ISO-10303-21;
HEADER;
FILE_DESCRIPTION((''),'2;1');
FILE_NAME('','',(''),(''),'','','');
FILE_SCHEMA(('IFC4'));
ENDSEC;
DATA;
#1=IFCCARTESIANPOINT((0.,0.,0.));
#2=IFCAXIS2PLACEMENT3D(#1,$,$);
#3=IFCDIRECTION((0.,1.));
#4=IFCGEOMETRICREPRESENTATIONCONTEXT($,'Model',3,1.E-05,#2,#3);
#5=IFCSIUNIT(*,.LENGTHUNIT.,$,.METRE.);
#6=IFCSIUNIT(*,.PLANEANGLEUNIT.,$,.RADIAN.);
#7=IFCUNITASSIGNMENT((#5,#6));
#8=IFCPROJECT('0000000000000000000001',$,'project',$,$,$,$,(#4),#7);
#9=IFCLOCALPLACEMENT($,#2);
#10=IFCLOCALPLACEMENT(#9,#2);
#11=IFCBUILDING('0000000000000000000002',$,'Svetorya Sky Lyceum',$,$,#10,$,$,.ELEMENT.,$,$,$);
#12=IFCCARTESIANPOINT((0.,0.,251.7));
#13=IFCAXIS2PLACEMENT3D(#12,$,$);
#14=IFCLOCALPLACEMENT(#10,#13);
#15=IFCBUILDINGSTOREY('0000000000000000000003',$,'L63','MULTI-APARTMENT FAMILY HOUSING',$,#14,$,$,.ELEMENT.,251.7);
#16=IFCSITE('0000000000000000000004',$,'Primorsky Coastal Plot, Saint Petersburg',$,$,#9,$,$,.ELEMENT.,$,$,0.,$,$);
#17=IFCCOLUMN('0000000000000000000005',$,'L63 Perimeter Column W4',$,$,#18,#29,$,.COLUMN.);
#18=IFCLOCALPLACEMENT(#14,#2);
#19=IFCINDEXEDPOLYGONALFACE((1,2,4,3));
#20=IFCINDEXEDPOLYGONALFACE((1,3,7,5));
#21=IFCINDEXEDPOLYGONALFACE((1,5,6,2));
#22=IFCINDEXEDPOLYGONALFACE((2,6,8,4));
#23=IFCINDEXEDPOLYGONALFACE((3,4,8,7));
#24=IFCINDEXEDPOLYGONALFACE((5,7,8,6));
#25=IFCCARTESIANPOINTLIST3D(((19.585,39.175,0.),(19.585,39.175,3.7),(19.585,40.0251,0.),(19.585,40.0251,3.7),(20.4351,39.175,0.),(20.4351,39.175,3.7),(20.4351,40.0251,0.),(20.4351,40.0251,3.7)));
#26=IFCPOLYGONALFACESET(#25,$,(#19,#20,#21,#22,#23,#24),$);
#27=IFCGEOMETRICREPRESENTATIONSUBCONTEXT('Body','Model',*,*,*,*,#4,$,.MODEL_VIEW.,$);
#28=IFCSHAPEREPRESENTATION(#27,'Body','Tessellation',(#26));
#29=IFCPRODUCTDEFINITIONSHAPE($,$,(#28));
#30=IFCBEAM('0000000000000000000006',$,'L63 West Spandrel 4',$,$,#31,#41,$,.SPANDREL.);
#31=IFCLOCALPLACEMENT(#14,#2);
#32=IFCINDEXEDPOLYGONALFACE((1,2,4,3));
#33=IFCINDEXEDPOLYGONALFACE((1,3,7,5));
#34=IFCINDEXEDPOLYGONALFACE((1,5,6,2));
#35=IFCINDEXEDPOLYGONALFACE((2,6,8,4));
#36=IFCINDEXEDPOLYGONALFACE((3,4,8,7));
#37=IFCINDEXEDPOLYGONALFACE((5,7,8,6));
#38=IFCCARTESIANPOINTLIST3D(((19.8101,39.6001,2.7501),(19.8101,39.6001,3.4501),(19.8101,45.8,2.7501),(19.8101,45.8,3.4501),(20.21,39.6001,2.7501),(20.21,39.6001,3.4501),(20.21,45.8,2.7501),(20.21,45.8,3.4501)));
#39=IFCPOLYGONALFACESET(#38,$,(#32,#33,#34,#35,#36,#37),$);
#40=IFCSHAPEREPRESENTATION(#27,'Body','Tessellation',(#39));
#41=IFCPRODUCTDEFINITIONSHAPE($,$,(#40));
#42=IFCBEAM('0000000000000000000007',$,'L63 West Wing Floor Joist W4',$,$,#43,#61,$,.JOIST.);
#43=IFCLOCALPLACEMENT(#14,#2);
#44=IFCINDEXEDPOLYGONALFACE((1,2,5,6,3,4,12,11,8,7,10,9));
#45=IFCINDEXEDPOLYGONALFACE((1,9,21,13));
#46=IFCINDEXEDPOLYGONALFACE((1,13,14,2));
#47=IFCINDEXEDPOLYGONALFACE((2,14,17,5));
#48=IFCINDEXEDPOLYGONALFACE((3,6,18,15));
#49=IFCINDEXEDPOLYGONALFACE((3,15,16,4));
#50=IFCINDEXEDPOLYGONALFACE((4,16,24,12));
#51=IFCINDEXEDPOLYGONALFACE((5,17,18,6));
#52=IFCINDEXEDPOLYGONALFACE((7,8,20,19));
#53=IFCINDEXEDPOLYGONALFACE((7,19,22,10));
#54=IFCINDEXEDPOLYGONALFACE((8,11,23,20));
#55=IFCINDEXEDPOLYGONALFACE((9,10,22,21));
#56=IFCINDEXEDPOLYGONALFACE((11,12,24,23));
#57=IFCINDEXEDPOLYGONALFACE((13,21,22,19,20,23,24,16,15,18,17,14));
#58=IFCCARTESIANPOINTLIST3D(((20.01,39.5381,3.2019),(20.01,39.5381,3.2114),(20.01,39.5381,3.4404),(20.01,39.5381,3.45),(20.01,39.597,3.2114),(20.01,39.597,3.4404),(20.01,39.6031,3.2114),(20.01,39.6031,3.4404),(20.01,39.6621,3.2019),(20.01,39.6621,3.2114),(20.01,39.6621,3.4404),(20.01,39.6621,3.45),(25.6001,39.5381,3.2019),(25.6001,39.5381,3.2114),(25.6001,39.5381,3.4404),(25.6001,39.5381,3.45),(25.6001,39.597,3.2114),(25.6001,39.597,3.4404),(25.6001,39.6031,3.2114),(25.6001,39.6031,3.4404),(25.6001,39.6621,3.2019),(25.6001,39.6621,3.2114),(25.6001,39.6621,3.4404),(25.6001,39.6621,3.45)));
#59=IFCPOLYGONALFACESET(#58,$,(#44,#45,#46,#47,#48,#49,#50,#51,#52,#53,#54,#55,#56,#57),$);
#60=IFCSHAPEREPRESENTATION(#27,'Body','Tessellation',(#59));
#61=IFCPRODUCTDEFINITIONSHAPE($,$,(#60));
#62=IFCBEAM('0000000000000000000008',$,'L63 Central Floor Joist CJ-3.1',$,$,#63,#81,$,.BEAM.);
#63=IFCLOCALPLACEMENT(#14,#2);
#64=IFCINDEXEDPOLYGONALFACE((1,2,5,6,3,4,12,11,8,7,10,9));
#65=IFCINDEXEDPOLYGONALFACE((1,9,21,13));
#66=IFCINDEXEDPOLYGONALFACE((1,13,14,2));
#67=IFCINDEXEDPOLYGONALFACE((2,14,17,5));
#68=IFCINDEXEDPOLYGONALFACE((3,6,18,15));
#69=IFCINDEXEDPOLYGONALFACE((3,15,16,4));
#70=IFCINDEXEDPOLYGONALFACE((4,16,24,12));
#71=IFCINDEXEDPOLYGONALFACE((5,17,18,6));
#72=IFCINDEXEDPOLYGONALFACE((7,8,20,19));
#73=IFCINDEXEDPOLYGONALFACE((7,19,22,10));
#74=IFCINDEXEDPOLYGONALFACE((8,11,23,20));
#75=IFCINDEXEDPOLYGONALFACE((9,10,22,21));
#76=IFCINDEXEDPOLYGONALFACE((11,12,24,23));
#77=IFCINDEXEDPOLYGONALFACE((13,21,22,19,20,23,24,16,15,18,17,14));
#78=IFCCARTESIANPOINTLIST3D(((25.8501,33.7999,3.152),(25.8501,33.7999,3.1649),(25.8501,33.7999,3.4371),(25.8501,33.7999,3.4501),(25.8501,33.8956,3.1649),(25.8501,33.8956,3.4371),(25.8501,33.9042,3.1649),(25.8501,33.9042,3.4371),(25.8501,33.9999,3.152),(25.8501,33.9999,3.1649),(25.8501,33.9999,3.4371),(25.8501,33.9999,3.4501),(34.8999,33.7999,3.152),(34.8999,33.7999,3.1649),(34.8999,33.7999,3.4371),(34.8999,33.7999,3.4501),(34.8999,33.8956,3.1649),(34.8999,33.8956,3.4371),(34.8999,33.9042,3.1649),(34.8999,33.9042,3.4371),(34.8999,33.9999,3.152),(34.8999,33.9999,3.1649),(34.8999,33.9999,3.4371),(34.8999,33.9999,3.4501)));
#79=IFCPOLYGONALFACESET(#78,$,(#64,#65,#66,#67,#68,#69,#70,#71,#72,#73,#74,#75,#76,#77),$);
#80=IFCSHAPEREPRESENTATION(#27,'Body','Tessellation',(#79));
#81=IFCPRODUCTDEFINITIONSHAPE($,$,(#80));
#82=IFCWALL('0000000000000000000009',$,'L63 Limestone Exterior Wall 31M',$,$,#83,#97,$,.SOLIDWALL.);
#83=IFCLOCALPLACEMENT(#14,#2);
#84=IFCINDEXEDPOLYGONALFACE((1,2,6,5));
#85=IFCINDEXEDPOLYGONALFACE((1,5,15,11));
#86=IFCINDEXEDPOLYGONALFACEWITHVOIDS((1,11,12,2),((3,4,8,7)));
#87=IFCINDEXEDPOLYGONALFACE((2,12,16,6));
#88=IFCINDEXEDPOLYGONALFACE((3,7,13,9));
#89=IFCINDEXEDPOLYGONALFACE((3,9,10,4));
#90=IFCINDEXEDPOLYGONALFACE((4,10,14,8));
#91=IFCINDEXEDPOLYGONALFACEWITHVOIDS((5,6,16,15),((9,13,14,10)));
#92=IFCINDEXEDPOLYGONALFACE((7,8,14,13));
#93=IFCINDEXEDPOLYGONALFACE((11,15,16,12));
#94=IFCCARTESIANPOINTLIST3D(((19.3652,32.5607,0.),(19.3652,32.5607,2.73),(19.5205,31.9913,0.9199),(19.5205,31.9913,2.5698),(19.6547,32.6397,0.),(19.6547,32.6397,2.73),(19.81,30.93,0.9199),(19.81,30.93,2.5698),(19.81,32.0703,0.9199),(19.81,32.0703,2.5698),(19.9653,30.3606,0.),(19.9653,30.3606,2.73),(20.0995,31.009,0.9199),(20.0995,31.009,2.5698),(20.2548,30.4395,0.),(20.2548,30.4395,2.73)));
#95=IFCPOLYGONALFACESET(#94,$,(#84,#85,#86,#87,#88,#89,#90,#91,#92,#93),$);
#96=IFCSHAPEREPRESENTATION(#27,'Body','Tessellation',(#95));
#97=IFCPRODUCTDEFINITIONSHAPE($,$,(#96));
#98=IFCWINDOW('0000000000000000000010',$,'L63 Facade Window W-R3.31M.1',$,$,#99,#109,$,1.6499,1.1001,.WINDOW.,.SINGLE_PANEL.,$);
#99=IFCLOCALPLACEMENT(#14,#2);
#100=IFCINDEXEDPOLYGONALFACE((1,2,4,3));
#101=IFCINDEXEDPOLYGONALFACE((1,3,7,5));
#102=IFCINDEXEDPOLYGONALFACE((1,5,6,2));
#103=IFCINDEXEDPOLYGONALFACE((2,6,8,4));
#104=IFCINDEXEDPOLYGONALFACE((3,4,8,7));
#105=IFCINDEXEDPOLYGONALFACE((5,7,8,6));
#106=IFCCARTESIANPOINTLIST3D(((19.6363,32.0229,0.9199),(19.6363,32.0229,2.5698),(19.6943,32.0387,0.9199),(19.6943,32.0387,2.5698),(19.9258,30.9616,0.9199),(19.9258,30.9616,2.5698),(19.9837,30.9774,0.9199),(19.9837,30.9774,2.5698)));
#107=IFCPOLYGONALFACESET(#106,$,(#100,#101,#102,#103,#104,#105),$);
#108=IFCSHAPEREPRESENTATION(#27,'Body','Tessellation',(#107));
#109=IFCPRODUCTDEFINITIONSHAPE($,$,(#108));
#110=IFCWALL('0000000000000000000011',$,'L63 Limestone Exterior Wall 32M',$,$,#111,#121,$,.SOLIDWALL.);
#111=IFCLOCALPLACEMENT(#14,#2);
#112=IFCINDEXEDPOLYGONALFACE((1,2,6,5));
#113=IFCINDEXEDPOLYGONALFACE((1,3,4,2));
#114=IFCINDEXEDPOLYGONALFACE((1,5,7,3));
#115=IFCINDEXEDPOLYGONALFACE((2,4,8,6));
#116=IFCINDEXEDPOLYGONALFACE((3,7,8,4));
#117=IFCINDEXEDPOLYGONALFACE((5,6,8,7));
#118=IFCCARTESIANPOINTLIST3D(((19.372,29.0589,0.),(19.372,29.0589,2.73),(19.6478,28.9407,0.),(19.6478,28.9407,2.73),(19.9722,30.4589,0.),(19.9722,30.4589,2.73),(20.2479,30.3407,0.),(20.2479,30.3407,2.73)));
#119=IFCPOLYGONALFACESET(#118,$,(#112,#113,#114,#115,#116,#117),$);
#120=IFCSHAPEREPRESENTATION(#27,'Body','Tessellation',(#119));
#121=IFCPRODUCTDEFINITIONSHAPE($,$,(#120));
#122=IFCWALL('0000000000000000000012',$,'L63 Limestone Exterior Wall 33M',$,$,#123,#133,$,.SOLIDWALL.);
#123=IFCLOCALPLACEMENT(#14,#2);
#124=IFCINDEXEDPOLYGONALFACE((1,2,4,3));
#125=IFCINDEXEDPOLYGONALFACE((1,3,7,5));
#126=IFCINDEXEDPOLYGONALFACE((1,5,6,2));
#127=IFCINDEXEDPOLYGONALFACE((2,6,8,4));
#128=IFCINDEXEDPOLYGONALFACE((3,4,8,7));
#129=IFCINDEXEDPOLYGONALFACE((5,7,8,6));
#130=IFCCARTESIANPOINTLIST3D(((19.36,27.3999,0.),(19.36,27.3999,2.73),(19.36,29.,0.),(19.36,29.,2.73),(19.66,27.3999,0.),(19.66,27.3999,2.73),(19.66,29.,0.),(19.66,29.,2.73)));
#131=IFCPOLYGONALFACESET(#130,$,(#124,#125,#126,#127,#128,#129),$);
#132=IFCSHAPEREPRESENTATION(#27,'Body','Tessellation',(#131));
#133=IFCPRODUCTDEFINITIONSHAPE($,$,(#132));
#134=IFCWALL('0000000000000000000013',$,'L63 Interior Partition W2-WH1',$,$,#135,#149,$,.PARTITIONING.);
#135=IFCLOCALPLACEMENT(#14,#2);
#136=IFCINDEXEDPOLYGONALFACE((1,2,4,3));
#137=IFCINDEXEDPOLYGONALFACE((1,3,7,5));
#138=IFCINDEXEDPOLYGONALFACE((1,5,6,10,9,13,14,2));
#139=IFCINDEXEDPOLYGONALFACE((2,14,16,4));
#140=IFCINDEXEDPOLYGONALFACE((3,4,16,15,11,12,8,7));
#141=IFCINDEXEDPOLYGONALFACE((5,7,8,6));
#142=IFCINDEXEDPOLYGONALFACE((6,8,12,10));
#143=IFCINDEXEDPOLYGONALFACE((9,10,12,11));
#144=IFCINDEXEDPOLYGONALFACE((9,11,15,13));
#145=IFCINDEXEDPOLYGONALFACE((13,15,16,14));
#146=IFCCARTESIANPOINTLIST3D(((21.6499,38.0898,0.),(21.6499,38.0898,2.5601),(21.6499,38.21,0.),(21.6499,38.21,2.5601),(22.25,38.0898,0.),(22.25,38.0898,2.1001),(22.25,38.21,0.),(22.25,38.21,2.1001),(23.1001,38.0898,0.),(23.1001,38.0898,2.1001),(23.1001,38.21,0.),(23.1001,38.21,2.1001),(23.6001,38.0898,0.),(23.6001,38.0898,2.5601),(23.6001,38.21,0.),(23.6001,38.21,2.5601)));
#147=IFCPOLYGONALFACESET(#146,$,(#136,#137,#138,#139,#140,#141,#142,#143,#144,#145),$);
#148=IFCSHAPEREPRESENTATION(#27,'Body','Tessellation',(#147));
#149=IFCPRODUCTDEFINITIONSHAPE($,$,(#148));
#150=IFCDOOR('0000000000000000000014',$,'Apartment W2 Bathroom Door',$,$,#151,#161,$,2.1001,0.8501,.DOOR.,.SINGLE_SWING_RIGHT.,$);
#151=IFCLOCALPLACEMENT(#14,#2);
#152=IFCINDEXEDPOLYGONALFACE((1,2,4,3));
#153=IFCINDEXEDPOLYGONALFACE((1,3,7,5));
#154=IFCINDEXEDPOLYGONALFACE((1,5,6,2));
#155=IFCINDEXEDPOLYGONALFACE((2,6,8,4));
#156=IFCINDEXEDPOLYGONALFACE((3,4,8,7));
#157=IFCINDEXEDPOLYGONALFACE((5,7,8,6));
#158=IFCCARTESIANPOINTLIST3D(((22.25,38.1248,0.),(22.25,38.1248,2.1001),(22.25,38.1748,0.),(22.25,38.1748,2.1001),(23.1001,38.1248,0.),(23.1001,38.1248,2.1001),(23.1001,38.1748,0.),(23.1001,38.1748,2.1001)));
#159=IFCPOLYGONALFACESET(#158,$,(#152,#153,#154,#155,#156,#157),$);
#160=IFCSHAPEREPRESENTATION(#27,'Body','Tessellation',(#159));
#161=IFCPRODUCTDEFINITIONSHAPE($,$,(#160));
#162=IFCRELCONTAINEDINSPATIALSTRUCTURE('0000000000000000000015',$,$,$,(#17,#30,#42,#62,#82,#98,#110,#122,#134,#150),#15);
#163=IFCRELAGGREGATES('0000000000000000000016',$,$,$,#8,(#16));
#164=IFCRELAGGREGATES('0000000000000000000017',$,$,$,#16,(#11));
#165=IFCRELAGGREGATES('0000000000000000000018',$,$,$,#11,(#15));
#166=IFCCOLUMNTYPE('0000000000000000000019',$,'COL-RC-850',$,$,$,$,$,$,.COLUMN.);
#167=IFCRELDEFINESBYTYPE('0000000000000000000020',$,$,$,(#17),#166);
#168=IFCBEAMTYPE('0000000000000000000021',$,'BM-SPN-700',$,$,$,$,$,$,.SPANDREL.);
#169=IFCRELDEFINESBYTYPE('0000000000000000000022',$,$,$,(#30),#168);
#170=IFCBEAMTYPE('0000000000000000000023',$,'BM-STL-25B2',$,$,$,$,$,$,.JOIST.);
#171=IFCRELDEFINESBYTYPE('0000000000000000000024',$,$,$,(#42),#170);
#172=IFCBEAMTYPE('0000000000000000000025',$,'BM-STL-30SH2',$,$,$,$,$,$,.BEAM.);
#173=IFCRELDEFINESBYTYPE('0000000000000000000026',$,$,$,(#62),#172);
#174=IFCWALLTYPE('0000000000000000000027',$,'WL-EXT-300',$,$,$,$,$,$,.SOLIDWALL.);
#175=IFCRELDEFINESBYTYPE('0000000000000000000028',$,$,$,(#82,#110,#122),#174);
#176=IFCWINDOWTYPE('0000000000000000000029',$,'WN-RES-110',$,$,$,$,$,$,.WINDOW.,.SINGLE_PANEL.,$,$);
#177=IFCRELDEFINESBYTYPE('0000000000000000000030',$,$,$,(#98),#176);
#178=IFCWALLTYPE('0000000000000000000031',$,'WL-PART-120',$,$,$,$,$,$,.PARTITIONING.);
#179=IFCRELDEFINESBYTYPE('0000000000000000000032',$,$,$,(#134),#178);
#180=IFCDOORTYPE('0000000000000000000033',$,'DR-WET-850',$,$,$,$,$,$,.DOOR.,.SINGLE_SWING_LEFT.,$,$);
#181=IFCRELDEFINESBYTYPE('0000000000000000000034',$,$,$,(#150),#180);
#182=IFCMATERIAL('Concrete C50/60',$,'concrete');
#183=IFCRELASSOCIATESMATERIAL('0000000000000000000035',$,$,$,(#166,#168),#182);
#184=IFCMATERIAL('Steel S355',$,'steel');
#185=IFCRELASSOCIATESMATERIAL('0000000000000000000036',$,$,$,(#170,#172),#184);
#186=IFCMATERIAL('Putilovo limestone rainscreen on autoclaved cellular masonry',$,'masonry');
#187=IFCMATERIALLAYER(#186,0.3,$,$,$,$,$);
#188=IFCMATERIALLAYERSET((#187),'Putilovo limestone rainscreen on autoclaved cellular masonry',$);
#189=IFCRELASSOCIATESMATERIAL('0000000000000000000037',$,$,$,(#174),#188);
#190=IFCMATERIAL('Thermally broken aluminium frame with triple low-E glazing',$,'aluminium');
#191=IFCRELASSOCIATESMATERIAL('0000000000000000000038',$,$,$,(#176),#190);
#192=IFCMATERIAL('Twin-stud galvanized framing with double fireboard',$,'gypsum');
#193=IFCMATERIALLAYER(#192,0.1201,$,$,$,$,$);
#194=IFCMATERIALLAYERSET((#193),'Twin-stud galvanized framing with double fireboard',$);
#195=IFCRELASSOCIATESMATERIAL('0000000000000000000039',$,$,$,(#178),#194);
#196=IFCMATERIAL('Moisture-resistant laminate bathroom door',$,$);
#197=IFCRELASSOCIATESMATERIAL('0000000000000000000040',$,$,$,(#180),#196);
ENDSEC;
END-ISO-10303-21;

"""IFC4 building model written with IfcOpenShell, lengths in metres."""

from ifc_helpers import new_model, si_unit, direction, frame, frame_2d, origin, origin_2d, place, context, subcontext, project, spatial, rectangle, i_section, extrude, material, layer, layer_set, material_profile, profile_set, type_object, element, fill, save


model = new_model("IFC4")

# Units and contexts
model_context = context("Model", 3, precision=1e-05, world=origin(), true_north=direction((0.0, 1.0)))
body_context = subcontext(model_context, "Body", "Model", "MODEL_VIEW")
ifc_project = project(units=[si_unit("LENGTHUNIT", "METRE"), si_unit("PLANEANGLEUNIT", "RADIAN")], contexts=[model_context])

# Site, building, storey
site_placement = place(None, origin())
site = spatial("IfcSite", under=ifc_project, at=site_placement, Name="Primorsky Coastal Plot, Saint Petersburg", CompositionType="ELEMENT", RefElevation=0.0)
building_placement = place(site_placement, origin())
building = spatial("IfcBuilding", under=site, at=building_placement, Name="Svetorya Sky Lyceum", CompositionType="ELEMENT")
storey_placement = place(building_placement, frame((0.0, 0.0, 251.7)))
storey = spatial("IfcBuildingStorey", under=building, at=storey_placement, Name="L63", Description="MULTI-APARTMENT FAMILY HOUSING", CompositionType="ELEMENT", Elevation=251.7)

# Column
ifc_material_1 = material(Name="Concrete C50/60", Category="concrete")
ifc_material_profile_1 = material_profile(ifc_material_1, rectangle(XDim=0.8501, YDim=0.8501, at=origin_2d()), Name="RC COL 850x850")
ifc_profile_set_1 = profile_set([ifc_material_profile_1], Name="Concrete C50/60")
column_type = type_object("IfcColumnType", Name="COL-RC-850", PredefinedType="COLUMN", material=ifc_profile_set_1)
column_placement = place(storey_placement, frame((20.01, 39.6001, 0.0), z_axis=(0.0, 0.0, 1.0), x_axis=(1.0, 0.0, 0.0)))
element("IfcColumn", 1, at=column_placement, inside=storey, type_object=column_type, Name="L63 Perimeter Column W4", PredefinedType="COLUMN", context=body_context, shape_type="SweptSolid", body=[
    extrude(rectangle(XDim=0.8501, YDim=0.8501, at=origin_2d()), origin(), (0.0, 0.0, 1.0), 3.7),
])

# Beams
ifc_material_profile_2 = material_profile(ifc_material_1, rectangle(XDim=0.3999, YDim=0.7, at=origin_2d()), Name="RC SPANDREL 400x700")
ifc_profile_set_2 = profile_set([ifc_material_profile_2], Name="Concrete C50/60")
beam_type_1 = type_object("IfcBeamType", Name="BM-SPN-700", PredefinedType="SPANDREL", material=ifc_profile_set_2)
beam_1_placement = place(storey_placement, frame((20.01, 39.6001, 3.1001), z_axis=(0.0, 1.0, 0.0), x_axis=(-1.0, 0.0, 0.0)))
element("IfcBeam", 2, at=beam_1_placement, inside=storey, type_object=beam_type_1, Name="L63 West Spandrel 4", PredefinedType="SPANDREL", context=body_context, shape_type="SweptSolid", body=[
    extrude(rectangle(XDim=0.3999, YDim=0.7, at=origin_2d()), origin(), (0.0, 0.0, 1.0), 6.2),
])
ifc_material_2 = material(Name="Steel S355", Category="steel")
ifc_material_profile_3 = material_profile(ifc_material_2, i_section(OverallWidth=0.124, OverallDepth=0.248, WebThickness=0.0061, FlangeThickness=0.0095, at=origin_2d()), Name="GOST 25B2")
ifc_profile_set_3 = profile_set([ifc_material_profile_3], Name="Steel S355")
beam_type_2 = type_object("IfcBeamType", Name="BM-STL-25B2", PredefinedType="JOIST", material=ifc_profile_set_3)
beam_2_placement = place(storey_placement, frame((20.01, 39.6001, 3.3259), z_axis=(1.0, 0.0, 0.0), x_axis=(0.0, 1.0, 0.0)))
element("IfcBeam", 3, at=beam_2_placement, inside=storey, type_object=beam_type_2, Name="L63 West Wing Floor Joist W4", PredefinedType="JOIST", context=body_context, shape_type="SweptSolid", body=[
    extrude(i_section(OverallWidth=0.124, OverallDepth=0.248, WebThickness=0.0061, FlangeThickness=0.0095, at=origin_2d()), origin(), (0.0, 0.0, 1.0), 5.5901),
])
ifc_material_profile_4 = material_profile(ifc_material_2, i_section(OverallWidth=0.2, OverallDepth=0.2981, WebThickness=0.0085, FlangeThickness=0.0129, at=origin_2d()), Name="GOST 30Sh2")
ifc_profile_set_4 = profile_set([ifc_material_profile_4], Name="Steel S355")
beam_type_3 = type_object("IfcBeamType", Name="BM-STL-30SH2", PredefinedType="BEAM", material=ifc_profile_set_4)
beam_3_placement = place(storey_placement, frame((25.8501, 33.8999, 3.301), z_axis=(1.0, 0.0, 0.0), x_axis=(0.0, 1.0, 0.0)))
element("IfcBeam", 4, at=beam_3_placement, inside=storey, type_object=beam_type_3, Name="L63 Central Floor Joist CJ-3.1", PredefinedType="BEAM", context=body_context, shape_type="SweptSolid", body=[
    extrude(i_section(OverallWidth=0.2, OverallDepth=0.2981, WebThickness=0.0085, FlangeThickness=0.0129, at=origin_2d()), origin(), (0.0, 0.0, 1.0), 9.0498),
])

# Wall, opening, window
ifc_material_3 = material(Name="Putilovo limestone rainscreen on autoclaved cellular masonry", Category="masonry")
ifc_layer_1 = layer(ifc_material_3, 0.3)
ifc_layer_set_1 = layer_set([ifc_layer_1], Name="Putilovo limestone rainscreen on autoclaved cellular masonry")
wall_type_1 = type_object("IfcWallType", Name="WL-EXT-300", PredefinedType="SOLIDWALL", material=ifc_layer_set_1)
wall_1_placement = place(storey_placement, frame((19.51, 32.6001, 0.0), z_axis=(0.0, 0.0, 1.0), x_axis=(0.263136, -0.964759, 0.0)))
wall_1 = element("IfcWall", 5, at=wall_1_placement, inside=storey, type_object=wall_type_1, Name="L63 Limestone Exterior Wall 31M", PredefinedType="SOLIDWALL", context=body_context, shape_type="SweptSolid", body=[
    extrude(rectangle(XDim=2.2805, YDim=0.3, at=frame_2d((1.1401, 0.0))), origin(), (0.0, 0.0, 1.0), 2.73),
])
opening_1_placement = place(wall_1_placement, frame((0.5901, 0.0, 0.9199)))
opening_1 = element("IfcOpeningElement", 6, at=opening_1_placement, cuts=wall_1, PredefinedType="OPENING", context=body_context, shape_type="SweptSolid", body=[
    extrude(rectangle(XDim=1.1001, YDim=1.6499, at=frame_2d((0.55, 0.825))), frame((0.0, 0.1599, 0.0), z_axis=(0.0, -1.0, 0.0), x_axis=(1.0, 0.0, 0.0)), (0.0, 0.0, 1.0), 0.3201),
])
ifc_material_4 = material(Name="Thermally broken aluminium frame with triple low-E glazing", Category="aluminium")
window_type = type_object("IfcWindowType", Name="WN-RES-110", PartitioningType="SINGLE_PANEL", PredefinedType="WINDOW", material=ifc_material_4)
window_placement = place(opening_1_placement, origin())
window = element("IfcWindow", 7, at=window_placement, inside=storey, type_object=window_type, Name="L63 Facade Window W-R3.31M.1", OverallHeight=1.6499, OverallWidth=1.1001, PartitioningType="SINGLE_PANEL", PredefinedType="WINDOW", context=body_context, shape_type="SweptSolid", body=[
    extrude(rectangle(XDim=1.1001, YDim=1.6499, at=frame_2d((0.55, 0.825))), frame((0.0, 0.03, 0.0), z_axis=(0.0, -1.0, 0.0), x_axis=(1.0, 0.0, 0.0)), (0.0, 0.0, 1.0), 0.0601),
])
fill(opening_1, window)

# Walls
wall_2_placement = place(storey_placement, frame((20.1101, 30.3999, 0.0), z_axis=(0.0, 0.0, 1.0), x_axis=(-0.393997, -0.919112, 0.0)))
element("IfcWall", 8, at=wall_2_placement, inside=storey, type_object=wall_type_1, Name="L63 Limestone Exterior Wall 32M", PredefinedType="SOLIDWALL", context=body_context, shape_type="SweptSolid", body=[
    extrude(rectangle(XDim=1.5232, YDim=0.3, at=frame_2d((0.7617, 0.0))), origin(), (0.0, 0.0, 1.0), 2.73),
])
wall_3_placement = place(storey_placement, frame((19.51, 29.0, 0.0), z_axis=(0.0, 0.0, 1.0), x_axis=(0.0, -1.0, 0.0)))
element("IfcWall", 9, at=wall_3_placement, inside=storey, type_object=wall_type_1, Name="L63 Limestone Exterior Wall 33M", PredefinedType="SOLIDWALL", context=body_context, shape_type="SweptSolid", body=[
    extrude(rectangle(XDim=1.6001, YDim=0.3, at=frame_2d((0.8, 0.0))), origin(), (0.0, 0.0, 1.0), 2.73),
])

# Wall, opening, door
ifc_material_5 = material(Name="Twin-stud galvanized framing with double fireboard", Category="gypsum")
ifc_layer_2 = layer(ifc_material_5, 0.1201)
ifc_layer_set_2 = layer_set([ifc_layer_2], Name="Twin-stud galvanized framing with double fireboard")
wall_type_2 = type_object("IfcWallType", Name="WL-PART-120", PredefinedType="PARTITIONING", material=ifc_layer_set_2)
wall_4_placement = place(storey_placement, frame((21.6499, 38.1499, 0.0), z_axis=(0.0, 0.0, 1.0), x_axis=(1.0, 0.0, 0.0)))
wall_4 = element("IfcWall", 10, at=wall_4_placement, inside=storey, type_object=wall_type_2, Name="L63 Interior Partition W2-WH1", PredefinedType="PARTITIONING", context=body_context, shape_type="SweptSolid", body=[
    extrude(rectangle(XDim=1.9502, YDim=0.1201, at=frame_2d((0.9751, 0.0))), origin(), (0.0, 0.0, 1.0), 2.5601),
])
opening_2_placement = place(wall_4_placement, frame((0.6001, 0.0, 0.0)))
opening_2 = element("IfcOpeningElement", 11, at=opening_2_placement, cuts=wall_4, PredefinedType="OPENING", context=body_context, shape_type="SweptSolid", body=[
    extrude(rectangle(XDim=0.8501, YDim=2.1001, at=frame_2d((0.425, 1.05))), frame((0.0, 0.0701, 0.0), z_axis=(0.0, -1.0, 0.0), x_axis=(1.0, 0.0, 0.0)), (0.0, 0.0, 1.0), 0.1401),
])
ifc_material_6 = material(Name="Moisture-resistant laminate bathroom door")
door_type_1 = type_object("IfcDoorType", Name="DR-WET-850", OperationType="SINGLE_SWING_LEFT", PredefinedType="DOOR", material=ifc_material_6)
door_1_placement = place(opening_2_placement, origin())
door_1 = element("IfcDoor", 12, at=door_1_placement, inside=storey, type_object=door_type_1, Name="Apartment W2 Bathroom Door", OperationType="SINGLE_SWING_RIGHT", OverallHeight=2.1001, OverallWidth=0.8501, PredefinedType="DOOR", context=body_context, shape_type="SweptSolid", body=[
    extrude(rectangle(XDim=0.8501, YDim=2.1001, at=frame_2d((0.425, 1.05))), frame((0.0, 0.0249, 0.0), z_axis=(0.0, -1.0, 0.0), x_axis=(1.0, 0.0, 0.0)), (0.0, 0.0, 1.0), 0.05),
])
fill(opening_2, door_1)

save(model, "model.ifc")
